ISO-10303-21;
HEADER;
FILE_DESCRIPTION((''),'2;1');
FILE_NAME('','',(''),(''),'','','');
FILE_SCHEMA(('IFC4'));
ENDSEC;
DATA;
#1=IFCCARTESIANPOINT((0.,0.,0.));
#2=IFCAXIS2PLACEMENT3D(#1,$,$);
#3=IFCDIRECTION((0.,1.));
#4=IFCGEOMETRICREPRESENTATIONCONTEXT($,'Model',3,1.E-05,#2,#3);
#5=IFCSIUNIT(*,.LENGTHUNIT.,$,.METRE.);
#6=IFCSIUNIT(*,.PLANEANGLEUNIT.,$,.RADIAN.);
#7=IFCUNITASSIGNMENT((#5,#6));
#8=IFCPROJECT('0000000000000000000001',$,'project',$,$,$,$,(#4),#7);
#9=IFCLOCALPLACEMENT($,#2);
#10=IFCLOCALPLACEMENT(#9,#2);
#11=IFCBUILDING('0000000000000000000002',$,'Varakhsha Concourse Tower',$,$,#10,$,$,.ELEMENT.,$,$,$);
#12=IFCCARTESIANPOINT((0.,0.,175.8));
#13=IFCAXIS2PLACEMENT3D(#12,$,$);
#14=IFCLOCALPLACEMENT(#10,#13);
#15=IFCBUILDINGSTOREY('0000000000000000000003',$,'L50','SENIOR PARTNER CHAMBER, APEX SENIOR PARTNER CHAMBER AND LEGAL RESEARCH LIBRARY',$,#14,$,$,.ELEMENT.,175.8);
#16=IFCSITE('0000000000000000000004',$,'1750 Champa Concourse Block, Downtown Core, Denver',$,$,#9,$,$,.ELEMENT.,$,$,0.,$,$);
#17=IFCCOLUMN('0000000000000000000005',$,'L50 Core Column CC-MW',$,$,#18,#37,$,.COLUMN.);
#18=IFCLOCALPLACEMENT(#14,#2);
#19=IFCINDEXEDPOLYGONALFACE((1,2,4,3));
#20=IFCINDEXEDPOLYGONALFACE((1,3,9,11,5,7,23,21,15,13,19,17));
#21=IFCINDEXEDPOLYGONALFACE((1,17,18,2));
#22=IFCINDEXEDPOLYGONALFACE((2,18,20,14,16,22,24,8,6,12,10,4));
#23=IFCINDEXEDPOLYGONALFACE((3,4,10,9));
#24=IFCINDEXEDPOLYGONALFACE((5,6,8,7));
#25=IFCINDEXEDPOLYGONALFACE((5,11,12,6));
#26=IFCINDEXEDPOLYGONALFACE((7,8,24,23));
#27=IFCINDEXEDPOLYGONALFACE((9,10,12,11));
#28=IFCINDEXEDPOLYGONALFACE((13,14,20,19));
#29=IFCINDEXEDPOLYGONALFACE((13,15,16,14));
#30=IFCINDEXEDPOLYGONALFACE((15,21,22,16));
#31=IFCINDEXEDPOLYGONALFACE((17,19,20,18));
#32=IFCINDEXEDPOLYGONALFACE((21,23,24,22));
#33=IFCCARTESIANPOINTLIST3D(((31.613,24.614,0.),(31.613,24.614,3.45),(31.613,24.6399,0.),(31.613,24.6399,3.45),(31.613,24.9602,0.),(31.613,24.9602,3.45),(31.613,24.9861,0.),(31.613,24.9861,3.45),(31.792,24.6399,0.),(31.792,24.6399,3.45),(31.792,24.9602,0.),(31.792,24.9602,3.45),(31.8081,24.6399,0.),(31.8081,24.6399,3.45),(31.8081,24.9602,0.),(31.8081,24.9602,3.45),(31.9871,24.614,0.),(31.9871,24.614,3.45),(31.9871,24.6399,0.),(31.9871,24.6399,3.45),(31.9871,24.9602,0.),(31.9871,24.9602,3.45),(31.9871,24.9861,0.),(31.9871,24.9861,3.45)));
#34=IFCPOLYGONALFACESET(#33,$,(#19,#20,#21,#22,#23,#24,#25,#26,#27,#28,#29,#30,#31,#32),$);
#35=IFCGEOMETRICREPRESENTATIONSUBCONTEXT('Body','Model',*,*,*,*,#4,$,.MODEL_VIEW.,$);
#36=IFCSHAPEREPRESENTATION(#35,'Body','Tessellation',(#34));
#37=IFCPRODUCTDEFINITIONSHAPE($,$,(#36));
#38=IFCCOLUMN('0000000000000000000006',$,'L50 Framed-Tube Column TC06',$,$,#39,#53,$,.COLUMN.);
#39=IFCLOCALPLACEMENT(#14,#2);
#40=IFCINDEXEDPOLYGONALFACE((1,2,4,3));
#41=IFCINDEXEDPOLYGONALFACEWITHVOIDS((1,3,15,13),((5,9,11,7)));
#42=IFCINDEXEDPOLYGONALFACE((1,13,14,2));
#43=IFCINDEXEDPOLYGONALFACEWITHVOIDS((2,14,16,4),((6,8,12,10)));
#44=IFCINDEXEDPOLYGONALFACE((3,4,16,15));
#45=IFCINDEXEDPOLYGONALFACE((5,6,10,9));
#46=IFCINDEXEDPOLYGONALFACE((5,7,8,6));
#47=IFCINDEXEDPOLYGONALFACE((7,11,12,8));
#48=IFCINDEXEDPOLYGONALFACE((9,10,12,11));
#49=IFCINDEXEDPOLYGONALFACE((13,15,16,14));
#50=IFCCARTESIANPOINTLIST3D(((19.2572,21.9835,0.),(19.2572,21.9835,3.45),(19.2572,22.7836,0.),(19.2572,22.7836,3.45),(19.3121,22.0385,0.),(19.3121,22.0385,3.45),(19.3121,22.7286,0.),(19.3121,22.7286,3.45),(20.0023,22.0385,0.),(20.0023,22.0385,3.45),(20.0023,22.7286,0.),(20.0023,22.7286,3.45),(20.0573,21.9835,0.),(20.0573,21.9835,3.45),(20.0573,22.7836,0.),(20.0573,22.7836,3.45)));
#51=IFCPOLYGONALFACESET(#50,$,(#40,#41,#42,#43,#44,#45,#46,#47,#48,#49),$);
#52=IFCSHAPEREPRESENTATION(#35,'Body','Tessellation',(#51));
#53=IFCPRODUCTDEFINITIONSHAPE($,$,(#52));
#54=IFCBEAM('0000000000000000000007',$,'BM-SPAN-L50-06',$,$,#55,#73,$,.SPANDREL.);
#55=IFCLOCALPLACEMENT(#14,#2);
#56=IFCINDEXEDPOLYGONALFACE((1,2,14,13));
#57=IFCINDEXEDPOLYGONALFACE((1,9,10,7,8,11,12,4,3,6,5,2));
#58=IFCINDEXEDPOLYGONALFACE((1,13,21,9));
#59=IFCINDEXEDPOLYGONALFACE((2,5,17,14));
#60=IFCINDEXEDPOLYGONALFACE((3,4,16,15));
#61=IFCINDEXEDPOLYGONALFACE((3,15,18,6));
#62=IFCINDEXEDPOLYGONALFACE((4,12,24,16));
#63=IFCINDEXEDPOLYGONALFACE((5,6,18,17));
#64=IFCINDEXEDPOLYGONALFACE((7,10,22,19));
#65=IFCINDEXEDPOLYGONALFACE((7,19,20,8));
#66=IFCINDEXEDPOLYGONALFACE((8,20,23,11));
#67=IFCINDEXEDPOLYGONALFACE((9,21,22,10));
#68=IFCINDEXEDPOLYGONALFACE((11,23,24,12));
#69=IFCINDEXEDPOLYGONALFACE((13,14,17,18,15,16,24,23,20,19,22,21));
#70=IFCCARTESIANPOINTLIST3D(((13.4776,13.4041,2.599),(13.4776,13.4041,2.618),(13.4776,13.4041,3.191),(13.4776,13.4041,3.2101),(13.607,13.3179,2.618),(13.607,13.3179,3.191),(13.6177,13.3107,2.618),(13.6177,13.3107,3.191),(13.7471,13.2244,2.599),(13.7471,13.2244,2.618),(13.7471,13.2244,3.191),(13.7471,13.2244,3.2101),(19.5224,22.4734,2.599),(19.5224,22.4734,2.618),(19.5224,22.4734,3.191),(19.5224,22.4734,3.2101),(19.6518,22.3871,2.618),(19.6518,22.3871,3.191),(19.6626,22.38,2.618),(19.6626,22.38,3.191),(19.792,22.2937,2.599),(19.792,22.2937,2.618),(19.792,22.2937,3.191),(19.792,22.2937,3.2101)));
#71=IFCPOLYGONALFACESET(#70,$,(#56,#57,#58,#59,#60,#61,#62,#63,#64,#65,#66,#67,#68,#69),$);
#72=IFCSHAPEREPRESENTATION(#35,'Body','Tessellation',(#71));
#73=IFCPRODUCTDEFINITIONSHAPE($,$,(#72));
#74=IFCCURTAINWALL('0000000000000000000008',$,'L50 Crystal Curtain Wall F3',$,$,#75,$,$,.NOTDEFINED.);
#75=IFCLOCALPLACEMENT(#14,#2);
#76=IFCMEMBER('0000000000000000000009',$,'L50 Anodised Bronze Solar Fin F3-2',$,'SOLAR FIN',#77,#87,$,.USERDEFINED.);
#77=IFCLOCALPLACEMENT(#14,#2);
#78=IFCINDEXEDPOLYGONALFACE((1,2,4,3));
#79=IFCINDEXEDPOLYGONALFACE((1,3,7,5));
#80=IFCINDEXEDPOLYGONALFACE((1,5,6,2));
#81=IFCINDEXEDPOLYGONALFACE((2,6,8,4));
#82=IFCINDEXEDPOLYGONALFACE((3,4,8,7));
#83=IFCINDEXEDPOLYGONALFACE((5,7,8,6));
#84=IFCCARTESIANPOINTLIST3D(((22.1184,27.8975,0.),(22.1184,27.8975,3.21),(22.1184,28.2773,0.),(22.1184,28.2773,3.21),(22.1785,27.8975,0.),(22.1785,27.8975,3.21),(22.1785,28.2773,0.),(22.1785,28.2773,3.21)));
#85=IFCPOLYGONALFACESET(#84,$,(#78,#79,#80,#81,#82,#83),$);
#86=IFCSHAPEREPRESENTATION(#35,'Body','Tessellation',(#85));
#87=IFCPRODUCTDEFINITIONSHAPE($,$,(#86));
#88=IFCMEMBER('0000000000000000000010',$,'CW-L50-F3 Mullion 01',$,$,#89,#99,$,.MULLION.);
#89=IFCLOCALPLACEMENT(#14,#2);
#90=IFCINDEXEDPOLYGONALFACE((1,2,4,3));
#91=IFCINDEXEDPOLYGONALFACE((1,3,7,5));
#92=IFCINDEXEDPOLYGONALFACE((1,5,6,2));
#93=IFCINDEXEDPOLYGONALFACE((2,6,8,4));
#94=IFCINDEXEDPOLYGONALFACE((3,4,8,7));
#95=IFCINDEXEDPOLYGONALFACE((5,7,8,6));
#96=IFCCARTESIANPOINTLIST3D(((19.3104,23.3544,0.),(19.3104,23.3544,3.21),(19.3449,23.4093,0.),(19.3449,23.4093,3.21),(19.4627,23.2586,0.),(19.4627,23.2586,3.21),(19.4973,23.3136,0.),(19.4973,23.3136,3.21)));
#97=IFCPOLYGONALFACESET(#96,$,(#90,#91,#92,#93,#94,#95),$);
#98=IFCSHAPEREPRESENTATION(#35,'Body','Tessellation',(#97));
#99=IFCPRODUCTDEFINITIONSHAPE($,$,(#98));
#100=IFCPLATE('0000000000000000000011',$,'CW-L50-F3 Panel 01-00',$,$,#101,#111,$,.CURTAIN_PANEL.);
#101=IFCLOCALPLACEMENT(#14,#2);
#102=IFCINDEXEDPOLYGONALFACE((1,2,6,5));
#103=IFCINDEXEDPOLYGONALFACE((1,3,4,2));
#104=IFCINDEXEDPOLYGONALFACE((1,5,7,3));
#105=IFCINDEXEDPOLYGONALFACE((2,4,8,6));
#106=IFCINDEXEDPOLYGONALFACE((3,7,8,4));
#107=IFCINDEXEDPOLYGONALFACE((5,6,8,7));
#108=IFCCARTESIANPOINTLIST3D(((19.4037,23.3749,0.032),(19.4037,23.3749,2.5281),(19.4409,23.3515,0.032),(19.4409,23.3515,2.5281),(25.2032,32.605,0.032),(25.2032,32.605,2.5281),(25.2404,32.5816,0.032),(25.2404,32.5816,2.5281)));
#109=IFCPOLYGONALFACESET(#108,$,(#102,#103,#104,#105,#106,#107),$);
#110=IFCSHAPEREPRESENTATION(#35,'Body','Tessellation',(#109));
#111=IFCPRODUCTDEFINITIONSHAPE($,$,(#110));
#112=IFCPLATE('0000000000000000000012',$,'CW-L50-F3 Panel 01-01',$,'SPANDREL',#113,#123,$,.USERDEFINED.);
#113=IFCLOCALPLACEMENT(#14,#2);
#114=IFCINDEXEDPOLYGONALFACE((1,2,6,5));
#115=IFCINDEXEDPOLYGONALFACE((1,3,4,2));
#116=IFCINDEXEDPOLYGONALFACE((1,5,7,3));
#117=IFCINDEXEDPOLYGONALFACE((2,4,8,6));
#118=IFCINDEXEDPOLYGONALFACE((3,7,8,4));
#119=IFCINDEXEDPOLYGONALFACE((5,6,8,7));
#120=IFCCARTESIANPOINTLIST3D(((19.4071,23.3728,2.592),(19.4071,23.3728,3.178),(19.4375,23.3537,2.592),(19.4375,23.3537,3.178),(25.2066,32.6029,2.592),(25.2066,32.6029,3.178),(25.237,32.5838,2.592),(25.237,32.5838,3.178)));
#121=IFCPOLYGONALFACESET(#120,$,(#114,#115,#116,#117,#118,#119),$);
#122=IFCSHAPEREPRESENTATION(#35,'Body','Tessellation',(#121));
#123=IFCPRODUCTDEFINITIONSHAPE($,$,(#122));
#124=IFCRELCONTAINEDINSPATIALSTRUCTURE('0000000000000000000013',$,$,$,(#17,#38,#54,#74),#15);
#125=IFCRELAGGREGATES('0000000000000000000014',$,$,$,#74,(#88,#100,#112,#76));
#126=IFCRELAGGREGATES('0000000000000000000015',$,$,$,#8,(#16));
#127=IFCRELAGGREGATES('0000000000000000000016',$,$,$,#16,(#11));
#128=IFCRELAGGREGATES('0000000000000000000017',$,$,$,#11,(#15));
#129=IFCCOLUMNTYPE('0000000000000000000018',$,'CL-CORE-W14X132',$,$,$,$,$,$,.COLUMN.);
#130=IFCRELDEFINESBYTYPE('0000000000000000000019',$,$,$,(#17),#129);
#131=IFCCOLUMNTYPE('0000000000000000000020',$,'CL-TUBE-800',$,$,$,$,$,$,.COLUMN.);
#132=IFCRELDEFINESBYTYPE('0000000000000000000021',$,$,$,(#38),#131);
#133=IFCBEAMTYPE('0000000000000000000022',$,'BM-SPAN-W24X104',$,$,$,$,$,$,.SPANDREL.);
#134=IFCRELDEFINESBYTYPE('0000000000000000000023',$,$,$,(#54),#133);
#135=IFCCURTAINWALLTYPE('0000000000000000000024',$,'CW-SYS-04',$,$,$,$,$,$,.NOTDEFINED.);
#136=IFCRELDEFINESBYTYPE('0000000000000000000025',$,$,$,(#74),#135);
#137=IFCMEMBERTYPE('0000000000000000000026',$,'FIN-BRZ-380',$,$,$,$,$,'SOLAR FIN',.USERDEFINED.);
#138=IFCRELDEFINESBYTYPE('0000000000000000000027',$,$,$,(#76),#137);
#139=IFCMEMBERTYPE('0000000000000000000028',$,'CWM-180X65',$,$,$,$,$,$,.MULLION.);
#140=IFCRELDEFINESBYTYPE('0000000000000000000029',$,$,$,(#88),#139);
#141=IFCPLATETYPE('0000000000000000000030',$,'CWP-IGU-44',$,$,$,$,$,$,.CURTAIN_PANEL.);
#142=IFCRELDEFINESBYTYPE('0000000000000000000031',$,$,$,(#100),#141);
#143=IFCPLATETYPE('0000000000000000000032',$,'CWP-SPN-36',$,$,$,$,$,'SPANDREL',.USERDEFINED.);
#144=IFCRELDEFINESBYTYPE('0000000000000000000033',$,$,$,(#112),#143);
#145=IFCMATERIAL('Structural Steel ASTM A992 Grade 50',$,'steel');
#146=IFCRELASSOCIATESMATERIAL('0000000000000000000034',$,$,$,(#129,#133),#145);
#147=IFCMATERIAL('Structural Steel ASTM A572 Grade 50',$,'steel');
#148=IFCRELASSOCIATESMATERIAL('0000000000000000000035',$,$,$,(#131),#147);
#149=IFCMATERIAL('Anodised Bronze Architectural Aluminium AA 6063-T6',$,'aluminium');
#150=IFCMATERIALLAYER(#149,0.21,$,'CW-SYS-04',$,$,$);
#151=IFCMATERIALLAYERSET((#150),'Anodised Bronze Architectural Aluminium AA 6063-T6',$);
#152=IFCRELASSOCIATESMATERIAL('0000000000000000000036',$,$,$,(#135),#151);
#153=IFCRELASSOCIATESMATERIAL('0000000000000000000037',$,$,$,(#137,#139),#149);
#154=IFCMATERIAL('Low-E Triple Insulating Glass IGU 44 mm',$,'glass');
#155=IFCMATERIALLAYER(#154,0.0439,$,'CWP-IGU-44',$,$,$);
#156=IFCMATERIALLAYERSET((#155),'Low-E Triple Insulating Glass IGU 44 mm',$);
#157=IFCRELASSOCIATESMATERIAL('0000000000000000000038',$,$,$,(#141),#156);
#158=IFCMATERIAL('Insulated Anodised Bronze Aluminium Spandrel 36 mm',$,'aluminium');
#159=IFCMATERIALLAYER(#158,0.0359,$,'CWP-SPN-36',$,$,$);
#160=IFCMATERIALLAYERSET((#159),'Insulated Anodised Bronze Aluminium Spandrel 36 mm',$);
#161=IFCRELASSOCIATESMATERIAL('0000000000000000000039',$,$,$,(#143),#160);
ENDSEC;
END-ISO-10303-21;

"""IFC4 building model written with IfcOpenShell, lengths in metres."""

from ifc_helpers import new_model, si_unit, direction, frame, origin, origin_2d, place, context, subcontext, project, spatial, rectangle, hollow_rectangle, i_section, extrude, source, transform, mapped, material, layer, layer_set, material_profile, profile_set, type_object, type_shapes, element, aggregate, save


model = new_model("IFC4")

# Units and contexts
model_context = context("Model", 3, precision=1e-05, world=origin(), true_north=direction((0.0, 1.0)))
body_context = subcontext(model_context, "Body", "Model", "MODEL_VIEW")
ifc_project = project(units=[si_unit("LENGTHUNIT", "METRE"), si_unit("PLANEANGLEUNIT", "RADIAN")], contexts=[model_context])

# Site, building, storey
site_placement = place(None, origin())
site = spatial("IfcSite", under=ifc_project, at=site_placement, Name="1750 Champa Concourse Block, Downtown Core, Denver", CompositionType="ELEMENT", RefElevation=0.0)
building_placement = place(site_placement, origin())
building = spatial("IfcBuilding", under=site, at=building_placement, Name="Varakhsha Concourse Tower", CompositionType="ELEMENT")
storey_placement = place(building_placement, frame((0.0, 0.0, 175.8)))
storey = spatial("IfcBuildingStorey", under=building, at=storey_placement, Name="L50", Description="SENIOR PARTNER CHAMBER, APEX SENIOR PARTNER CHAMBER AND LEGAL RESEARCH LIBRARY", CompositionType="ELEMENT", Elevation=175.8)

# Columns
ifc_material_1 = material(Name="Structural Steel ASTM A992 Grade 50", Category="steel")
ifc_material_profile_1 = material_profile(ifc_material_1, i_section(OverallWidth=0.374, OverallDepth=0.3721, WebThickness=0.0161, FlangeThickness=0.0259, at=origin_2d()), Name="W14X132")
ifc_profile_set_1 = profile_set([ifc_material_profile_1], Name="Structural Steel ASTM A992 Grade 50")
column_type_1 = type_object("IfcColumnType", Name="CL-CORE-W14X132", PredefinedType="COLUMN", material=ifc_profile_set_1)
column_1_placement = place(storey_placement, frame((31.8, 24.8, 0.0), z_axis=(0.0, 0.0, 1.0), x_axis=(1.0, 0.0, 0.0)))
element("IfcColumn", 1, at=column_1_placement, inside=storey, type_object=column_type_1, Name="L50 Core Column CC-MW", PredefinedType="COLUMN", context=body_context, shape_type="SweptSolid", body=[
    extrude(i_section(OverallWidth=0.374, OverallDepth=0.3721, WebThickness=0.0161, FlangeThickness=0.0259, at=origin_2d()), origin(), (0.0, 0.0, 1.0), 3.45),
])
ifc_material_2 = material(Name="Structural Steel ASTM A572 Grade 50", Category="steel")
ifc_material_profile_2 = material_profile(ifc_material_2, hollow_rectangle(XDim=0.8, YDim=0.8, WallThickness=0.0549, at=origin_2d()), Name="BOX 800x800x55")
ifc_profile_set_2 = profile_set([ifc_material_profile_2], Name="Structural Steel ASTM A572 Grade 50")
column_type_2 = type_object("IfcColumnType", Name="CL-TUBE-800", PredefinedType="COLUMN", material=ifc_profile_set_2)
column_2_placement = place(storey_placement, frame((19.6572, 22.3835, 0.0), z_axis=(0.0, 0.0, 1.0), x_axis=(1.0, 0.0, 0.0)))
element("IfcColumn", 2, at=column_2_placement, inside=storey, type_object=column_type_2, Name="L50 Framed-Tube Column TC06", PredefinedType="COLUMN", context=body_context, shape_type="SweptSolid", body=[
    extrude(hollow_rectangle(XDim=0.8, YDim=0.8, WallThickness=0.0549, at=origin_2d()), origin(), (0.0, 0.0, 1.0), 3.45),
])

# Beam
ifc_material_profile_3 = material_profile(ifc_material_1, i_section(OverallWidth=0.324, OverallDepth=0.6111, WebThickness=0.0129, FlangeThickness=0.019, at=origin_2d()), Name="W24X104")
ifc_profile_set_3 = profile_set([ifc_material_profile_3], Name="Structural Steel ASTM A992 Grade 50")
beam_type = type_object("IfcBeamType", Name="BM-SPAN-W24X104", PredefinedType="SPANDREL", material=ifc_profile_set_3)
beam_placement = place(storey_placement, frame((19.6572, 22.3835, 2.9045), z_axis=(-0.554617, -0.832105, 0.0), x_axis=(0.832105, -0.554617, 0.0)))
element("IfcBeam", 3, at=beam_placement, inside=storey, type_object=beam_type, Name="BM-SPAN-L50-06", PredefinedType="SPANDREL", context=body_context, shape_type="SweptSolid", body=[
    extrude(i_section(OverallWidth=0.324, OverallDepth=0.6111, WebThickness=0.0129, FlangeThickness=0.019, at=origin_2d()), origin(), (0.0, 0.0, 1.0), 10.8992),
])

# Curtain wall, members, plates
ifc_material_3 = material(Name="Anodised Bronze Architectural Aluminium AA 6063-T6", Category="aluminium")
ifc_layer_1 = layer(ifc_material_3, 0.21, Name="CW-SYS-04")
ifc_layer_set_1 = layer_set([ifc_layer_1], Name="Anodised Bronze Architectural Aluminium AA 6063-T6")
curtain_wall_type = type_object("IfcCurtainWallType", Name="CW-SYS-04", PredefinedType="NOTDEFINED", material=ifc_layer_set_1)
curtain_wall_placement = place(storey_placement, origin())
curtain_wall = element("IfcCurtainWall", 4, at=curtain_wall_placement, inside=storey, type_object=curtain_wall_type, Name="L50 Crystal Curtain Wall F3", PredefinedType="NOTDEFINED")
ifc_material_profile_4 = material_profile(ifc_material_3, rectangle(XDim=0.0601, YDim=0.3799, at=origin_2d()), Name="FIN-BRZ-380")
ifc_profile_set_4 = profile_set([ifc_material_profile_4], Name="Anodised Bronze Architectural Aluminium AA 6063-T6")
member_type_1 = type_object("IfcMemberType", Name="FIN-BRZ-380", ElementType="SOLAR FIN", PredefinedType="USERDEFINED", material=ifc_profile_set_4)
shared_shape_1 = source(origin(), body_context, "Body", "SweptSolid", [
    extrude(rectangle(XDim=0.0601, YDim=0.3799, at=origin_2d()), origin(), (0.0, 0.0, 1.0), 3.21),
])
type_shapes(member_type_1, [shared_shape_1])
member_1_placement = place(storey_placement, frame((22.1484, 28.0874, 0.0), z_axis=(0.0, 0.0, 1.0), x_axis=(1.0, 0.0, 0.0)))
member_1 = element("IfcMember", 5, at=member_1_placement, type_object=member_type_1, Name="L50 Anodised Bronze Solar Fin F3-2", ObjectType="SOLAR FIN", PredefinedType="USERDEFINED", context=body_context, shape_type="MappedRepresentation", body=[
    mapped(shared_shape_1, transform((0.0, 0.0, 0.0), scale=1.0)),
])
ifc_material_profile_5 = material_profile(ifc_material_3, rectangle(XDim=0.0649, YDim=0.1799, at=origin_2d()), Name="CWM-180X65")
ifc_profile_set_5 = profile_set([ifc_material_profile_5], Name="Anodised Bronze Architectural Aluminium AA 6063-T6")
member_type_2 = type_object("IfcMemberType", Name="CWM-180X65", PredefinedType="MULLION", material=ifc_profile_set_5)
shared_shape_2 = source(origin(), body_context, "Body", "SweptSolid", [
    extrude(rectangle(XDim=0.0649, YDim=0.1799, at=origin_2d()), origin(), (0.0, 0.0, 1.0), 3.21),
])
type_shapes(member_type_2, [shared_shape_2])
member_2_placement = place(storey_placement, frame((19.4038, 23.334, 0.0), z_axis=(0.0, 0.0, 1.0), x_axis=(0.532022, 0.84673, 0.0)))
member_2 = element("IfcMember", 6, at=member_2_placement, type_object=member_type_2, Name="CW-L50-F3 Mullion 01", PredefinedType="MULLION", context=body_context, shape_type="MappedRepresentation", body=[
    mapped(shared_shape_2, transform((0.0, 0.0, 0.0), scale=1.0)),
])
ifc_material_4 = material(Name="Low-E Triple Insulating Glass IGU 44 mm", Category="glass")
ifc_layer_2 = layer(ifc_material_4, 0.0439, Name="CWP-IGU-44")
ifc_layer_set_2 = layer_set([ifc_layer_2], Name="Low-E Triple Insulating Glass IGU 44 mm")
plate_type_1 = type_object("IfcPlateType", Name="CWP-IGU-44", PredefinedType="CURTAIN_PANEL", material=ifc_layer_set_2)
shared_shape_3 = source(origin(), body_context, "Body", "SweptSolid", [
    extrude(rectangle(XDim=10.9009, YDim=0.0439, at=origin_2d()), origin(), (0.0, 0.0, 1.0), 2.4961),
])
type_shapes(plate_type_1, [shared_shape_3])
plate_1_placement = place(storey_placement, frame((22.322, 27.9783, 0.032), z_axis=(0.0, 0.0, 1.0), x_axis=(0.532022, 0.84673, 0.0)))
plate_1 = element("IfcPlate", 7, at=plate_1_placement, type_object=plate_type_1, Name="CW-L50-F3 Panel 01-00", PredefinedType="CURTAIN_PANEL", context=body_context, shape_type="MappedRepresentation", body=[
    mapped(shared_shape_3, transform((0.0, 0.0, 0.0), scale=1.0)),
])
ifc_material_5 = material(Name="Insulated Anodised Bronze Aluminium Spandrel 36 mm", Category="aluminium")
ifc_layer_3 = layer(ifc_material_5, 0.0359, Name="CWP-SPN-36")
ifc_layer_set_3 = layer_set([ifc_layer_3], Name="Insulated Anodised Bronze Aluminium Spandrel 36 mm")
plate_type_2 = type_object("IfcPlateType", Name="CWP-SPN-36", ElementType="SPANDREL", PredefinedType="USERDEFINED", material=ifc_layer_set_3)
shared_shape_4 = source(origin(), body_context, "Body", "SweptSolid", [
    extrude(rectangle(XDim=10.9009, YDim=0.0359, at=origin_2d()), origin(), (0.0, 0.0, 1.0), 0.5859),
])
type_shapes(plate_type_2, [shared_shape_4])
plate_2_placement = place(storey_placement, frame((22.322, 27.9783, 2.592), z_axis=(0.0, 0.0, 1.0), x_axis=(0.532022, 0.84673, 0.0)))
plate_2 = element("IfcPlate", 8, at=plate_2_placement, type_object=plate_type_2, Name="CW-L50-F3 Panel 01-01", ObjectType="SPANDREL", PredefinedType="USERDEFINED", context=body_context, shape_type="MappedRepresentation", body=[
    mapped(shared_shape_4, transform((0.0, 0.0, 0.0), scale=1.0)),
])
aggregate(curtain_wall, [member_2, plate_1, plate_2, member_1])

save(model, "model.ifc")
